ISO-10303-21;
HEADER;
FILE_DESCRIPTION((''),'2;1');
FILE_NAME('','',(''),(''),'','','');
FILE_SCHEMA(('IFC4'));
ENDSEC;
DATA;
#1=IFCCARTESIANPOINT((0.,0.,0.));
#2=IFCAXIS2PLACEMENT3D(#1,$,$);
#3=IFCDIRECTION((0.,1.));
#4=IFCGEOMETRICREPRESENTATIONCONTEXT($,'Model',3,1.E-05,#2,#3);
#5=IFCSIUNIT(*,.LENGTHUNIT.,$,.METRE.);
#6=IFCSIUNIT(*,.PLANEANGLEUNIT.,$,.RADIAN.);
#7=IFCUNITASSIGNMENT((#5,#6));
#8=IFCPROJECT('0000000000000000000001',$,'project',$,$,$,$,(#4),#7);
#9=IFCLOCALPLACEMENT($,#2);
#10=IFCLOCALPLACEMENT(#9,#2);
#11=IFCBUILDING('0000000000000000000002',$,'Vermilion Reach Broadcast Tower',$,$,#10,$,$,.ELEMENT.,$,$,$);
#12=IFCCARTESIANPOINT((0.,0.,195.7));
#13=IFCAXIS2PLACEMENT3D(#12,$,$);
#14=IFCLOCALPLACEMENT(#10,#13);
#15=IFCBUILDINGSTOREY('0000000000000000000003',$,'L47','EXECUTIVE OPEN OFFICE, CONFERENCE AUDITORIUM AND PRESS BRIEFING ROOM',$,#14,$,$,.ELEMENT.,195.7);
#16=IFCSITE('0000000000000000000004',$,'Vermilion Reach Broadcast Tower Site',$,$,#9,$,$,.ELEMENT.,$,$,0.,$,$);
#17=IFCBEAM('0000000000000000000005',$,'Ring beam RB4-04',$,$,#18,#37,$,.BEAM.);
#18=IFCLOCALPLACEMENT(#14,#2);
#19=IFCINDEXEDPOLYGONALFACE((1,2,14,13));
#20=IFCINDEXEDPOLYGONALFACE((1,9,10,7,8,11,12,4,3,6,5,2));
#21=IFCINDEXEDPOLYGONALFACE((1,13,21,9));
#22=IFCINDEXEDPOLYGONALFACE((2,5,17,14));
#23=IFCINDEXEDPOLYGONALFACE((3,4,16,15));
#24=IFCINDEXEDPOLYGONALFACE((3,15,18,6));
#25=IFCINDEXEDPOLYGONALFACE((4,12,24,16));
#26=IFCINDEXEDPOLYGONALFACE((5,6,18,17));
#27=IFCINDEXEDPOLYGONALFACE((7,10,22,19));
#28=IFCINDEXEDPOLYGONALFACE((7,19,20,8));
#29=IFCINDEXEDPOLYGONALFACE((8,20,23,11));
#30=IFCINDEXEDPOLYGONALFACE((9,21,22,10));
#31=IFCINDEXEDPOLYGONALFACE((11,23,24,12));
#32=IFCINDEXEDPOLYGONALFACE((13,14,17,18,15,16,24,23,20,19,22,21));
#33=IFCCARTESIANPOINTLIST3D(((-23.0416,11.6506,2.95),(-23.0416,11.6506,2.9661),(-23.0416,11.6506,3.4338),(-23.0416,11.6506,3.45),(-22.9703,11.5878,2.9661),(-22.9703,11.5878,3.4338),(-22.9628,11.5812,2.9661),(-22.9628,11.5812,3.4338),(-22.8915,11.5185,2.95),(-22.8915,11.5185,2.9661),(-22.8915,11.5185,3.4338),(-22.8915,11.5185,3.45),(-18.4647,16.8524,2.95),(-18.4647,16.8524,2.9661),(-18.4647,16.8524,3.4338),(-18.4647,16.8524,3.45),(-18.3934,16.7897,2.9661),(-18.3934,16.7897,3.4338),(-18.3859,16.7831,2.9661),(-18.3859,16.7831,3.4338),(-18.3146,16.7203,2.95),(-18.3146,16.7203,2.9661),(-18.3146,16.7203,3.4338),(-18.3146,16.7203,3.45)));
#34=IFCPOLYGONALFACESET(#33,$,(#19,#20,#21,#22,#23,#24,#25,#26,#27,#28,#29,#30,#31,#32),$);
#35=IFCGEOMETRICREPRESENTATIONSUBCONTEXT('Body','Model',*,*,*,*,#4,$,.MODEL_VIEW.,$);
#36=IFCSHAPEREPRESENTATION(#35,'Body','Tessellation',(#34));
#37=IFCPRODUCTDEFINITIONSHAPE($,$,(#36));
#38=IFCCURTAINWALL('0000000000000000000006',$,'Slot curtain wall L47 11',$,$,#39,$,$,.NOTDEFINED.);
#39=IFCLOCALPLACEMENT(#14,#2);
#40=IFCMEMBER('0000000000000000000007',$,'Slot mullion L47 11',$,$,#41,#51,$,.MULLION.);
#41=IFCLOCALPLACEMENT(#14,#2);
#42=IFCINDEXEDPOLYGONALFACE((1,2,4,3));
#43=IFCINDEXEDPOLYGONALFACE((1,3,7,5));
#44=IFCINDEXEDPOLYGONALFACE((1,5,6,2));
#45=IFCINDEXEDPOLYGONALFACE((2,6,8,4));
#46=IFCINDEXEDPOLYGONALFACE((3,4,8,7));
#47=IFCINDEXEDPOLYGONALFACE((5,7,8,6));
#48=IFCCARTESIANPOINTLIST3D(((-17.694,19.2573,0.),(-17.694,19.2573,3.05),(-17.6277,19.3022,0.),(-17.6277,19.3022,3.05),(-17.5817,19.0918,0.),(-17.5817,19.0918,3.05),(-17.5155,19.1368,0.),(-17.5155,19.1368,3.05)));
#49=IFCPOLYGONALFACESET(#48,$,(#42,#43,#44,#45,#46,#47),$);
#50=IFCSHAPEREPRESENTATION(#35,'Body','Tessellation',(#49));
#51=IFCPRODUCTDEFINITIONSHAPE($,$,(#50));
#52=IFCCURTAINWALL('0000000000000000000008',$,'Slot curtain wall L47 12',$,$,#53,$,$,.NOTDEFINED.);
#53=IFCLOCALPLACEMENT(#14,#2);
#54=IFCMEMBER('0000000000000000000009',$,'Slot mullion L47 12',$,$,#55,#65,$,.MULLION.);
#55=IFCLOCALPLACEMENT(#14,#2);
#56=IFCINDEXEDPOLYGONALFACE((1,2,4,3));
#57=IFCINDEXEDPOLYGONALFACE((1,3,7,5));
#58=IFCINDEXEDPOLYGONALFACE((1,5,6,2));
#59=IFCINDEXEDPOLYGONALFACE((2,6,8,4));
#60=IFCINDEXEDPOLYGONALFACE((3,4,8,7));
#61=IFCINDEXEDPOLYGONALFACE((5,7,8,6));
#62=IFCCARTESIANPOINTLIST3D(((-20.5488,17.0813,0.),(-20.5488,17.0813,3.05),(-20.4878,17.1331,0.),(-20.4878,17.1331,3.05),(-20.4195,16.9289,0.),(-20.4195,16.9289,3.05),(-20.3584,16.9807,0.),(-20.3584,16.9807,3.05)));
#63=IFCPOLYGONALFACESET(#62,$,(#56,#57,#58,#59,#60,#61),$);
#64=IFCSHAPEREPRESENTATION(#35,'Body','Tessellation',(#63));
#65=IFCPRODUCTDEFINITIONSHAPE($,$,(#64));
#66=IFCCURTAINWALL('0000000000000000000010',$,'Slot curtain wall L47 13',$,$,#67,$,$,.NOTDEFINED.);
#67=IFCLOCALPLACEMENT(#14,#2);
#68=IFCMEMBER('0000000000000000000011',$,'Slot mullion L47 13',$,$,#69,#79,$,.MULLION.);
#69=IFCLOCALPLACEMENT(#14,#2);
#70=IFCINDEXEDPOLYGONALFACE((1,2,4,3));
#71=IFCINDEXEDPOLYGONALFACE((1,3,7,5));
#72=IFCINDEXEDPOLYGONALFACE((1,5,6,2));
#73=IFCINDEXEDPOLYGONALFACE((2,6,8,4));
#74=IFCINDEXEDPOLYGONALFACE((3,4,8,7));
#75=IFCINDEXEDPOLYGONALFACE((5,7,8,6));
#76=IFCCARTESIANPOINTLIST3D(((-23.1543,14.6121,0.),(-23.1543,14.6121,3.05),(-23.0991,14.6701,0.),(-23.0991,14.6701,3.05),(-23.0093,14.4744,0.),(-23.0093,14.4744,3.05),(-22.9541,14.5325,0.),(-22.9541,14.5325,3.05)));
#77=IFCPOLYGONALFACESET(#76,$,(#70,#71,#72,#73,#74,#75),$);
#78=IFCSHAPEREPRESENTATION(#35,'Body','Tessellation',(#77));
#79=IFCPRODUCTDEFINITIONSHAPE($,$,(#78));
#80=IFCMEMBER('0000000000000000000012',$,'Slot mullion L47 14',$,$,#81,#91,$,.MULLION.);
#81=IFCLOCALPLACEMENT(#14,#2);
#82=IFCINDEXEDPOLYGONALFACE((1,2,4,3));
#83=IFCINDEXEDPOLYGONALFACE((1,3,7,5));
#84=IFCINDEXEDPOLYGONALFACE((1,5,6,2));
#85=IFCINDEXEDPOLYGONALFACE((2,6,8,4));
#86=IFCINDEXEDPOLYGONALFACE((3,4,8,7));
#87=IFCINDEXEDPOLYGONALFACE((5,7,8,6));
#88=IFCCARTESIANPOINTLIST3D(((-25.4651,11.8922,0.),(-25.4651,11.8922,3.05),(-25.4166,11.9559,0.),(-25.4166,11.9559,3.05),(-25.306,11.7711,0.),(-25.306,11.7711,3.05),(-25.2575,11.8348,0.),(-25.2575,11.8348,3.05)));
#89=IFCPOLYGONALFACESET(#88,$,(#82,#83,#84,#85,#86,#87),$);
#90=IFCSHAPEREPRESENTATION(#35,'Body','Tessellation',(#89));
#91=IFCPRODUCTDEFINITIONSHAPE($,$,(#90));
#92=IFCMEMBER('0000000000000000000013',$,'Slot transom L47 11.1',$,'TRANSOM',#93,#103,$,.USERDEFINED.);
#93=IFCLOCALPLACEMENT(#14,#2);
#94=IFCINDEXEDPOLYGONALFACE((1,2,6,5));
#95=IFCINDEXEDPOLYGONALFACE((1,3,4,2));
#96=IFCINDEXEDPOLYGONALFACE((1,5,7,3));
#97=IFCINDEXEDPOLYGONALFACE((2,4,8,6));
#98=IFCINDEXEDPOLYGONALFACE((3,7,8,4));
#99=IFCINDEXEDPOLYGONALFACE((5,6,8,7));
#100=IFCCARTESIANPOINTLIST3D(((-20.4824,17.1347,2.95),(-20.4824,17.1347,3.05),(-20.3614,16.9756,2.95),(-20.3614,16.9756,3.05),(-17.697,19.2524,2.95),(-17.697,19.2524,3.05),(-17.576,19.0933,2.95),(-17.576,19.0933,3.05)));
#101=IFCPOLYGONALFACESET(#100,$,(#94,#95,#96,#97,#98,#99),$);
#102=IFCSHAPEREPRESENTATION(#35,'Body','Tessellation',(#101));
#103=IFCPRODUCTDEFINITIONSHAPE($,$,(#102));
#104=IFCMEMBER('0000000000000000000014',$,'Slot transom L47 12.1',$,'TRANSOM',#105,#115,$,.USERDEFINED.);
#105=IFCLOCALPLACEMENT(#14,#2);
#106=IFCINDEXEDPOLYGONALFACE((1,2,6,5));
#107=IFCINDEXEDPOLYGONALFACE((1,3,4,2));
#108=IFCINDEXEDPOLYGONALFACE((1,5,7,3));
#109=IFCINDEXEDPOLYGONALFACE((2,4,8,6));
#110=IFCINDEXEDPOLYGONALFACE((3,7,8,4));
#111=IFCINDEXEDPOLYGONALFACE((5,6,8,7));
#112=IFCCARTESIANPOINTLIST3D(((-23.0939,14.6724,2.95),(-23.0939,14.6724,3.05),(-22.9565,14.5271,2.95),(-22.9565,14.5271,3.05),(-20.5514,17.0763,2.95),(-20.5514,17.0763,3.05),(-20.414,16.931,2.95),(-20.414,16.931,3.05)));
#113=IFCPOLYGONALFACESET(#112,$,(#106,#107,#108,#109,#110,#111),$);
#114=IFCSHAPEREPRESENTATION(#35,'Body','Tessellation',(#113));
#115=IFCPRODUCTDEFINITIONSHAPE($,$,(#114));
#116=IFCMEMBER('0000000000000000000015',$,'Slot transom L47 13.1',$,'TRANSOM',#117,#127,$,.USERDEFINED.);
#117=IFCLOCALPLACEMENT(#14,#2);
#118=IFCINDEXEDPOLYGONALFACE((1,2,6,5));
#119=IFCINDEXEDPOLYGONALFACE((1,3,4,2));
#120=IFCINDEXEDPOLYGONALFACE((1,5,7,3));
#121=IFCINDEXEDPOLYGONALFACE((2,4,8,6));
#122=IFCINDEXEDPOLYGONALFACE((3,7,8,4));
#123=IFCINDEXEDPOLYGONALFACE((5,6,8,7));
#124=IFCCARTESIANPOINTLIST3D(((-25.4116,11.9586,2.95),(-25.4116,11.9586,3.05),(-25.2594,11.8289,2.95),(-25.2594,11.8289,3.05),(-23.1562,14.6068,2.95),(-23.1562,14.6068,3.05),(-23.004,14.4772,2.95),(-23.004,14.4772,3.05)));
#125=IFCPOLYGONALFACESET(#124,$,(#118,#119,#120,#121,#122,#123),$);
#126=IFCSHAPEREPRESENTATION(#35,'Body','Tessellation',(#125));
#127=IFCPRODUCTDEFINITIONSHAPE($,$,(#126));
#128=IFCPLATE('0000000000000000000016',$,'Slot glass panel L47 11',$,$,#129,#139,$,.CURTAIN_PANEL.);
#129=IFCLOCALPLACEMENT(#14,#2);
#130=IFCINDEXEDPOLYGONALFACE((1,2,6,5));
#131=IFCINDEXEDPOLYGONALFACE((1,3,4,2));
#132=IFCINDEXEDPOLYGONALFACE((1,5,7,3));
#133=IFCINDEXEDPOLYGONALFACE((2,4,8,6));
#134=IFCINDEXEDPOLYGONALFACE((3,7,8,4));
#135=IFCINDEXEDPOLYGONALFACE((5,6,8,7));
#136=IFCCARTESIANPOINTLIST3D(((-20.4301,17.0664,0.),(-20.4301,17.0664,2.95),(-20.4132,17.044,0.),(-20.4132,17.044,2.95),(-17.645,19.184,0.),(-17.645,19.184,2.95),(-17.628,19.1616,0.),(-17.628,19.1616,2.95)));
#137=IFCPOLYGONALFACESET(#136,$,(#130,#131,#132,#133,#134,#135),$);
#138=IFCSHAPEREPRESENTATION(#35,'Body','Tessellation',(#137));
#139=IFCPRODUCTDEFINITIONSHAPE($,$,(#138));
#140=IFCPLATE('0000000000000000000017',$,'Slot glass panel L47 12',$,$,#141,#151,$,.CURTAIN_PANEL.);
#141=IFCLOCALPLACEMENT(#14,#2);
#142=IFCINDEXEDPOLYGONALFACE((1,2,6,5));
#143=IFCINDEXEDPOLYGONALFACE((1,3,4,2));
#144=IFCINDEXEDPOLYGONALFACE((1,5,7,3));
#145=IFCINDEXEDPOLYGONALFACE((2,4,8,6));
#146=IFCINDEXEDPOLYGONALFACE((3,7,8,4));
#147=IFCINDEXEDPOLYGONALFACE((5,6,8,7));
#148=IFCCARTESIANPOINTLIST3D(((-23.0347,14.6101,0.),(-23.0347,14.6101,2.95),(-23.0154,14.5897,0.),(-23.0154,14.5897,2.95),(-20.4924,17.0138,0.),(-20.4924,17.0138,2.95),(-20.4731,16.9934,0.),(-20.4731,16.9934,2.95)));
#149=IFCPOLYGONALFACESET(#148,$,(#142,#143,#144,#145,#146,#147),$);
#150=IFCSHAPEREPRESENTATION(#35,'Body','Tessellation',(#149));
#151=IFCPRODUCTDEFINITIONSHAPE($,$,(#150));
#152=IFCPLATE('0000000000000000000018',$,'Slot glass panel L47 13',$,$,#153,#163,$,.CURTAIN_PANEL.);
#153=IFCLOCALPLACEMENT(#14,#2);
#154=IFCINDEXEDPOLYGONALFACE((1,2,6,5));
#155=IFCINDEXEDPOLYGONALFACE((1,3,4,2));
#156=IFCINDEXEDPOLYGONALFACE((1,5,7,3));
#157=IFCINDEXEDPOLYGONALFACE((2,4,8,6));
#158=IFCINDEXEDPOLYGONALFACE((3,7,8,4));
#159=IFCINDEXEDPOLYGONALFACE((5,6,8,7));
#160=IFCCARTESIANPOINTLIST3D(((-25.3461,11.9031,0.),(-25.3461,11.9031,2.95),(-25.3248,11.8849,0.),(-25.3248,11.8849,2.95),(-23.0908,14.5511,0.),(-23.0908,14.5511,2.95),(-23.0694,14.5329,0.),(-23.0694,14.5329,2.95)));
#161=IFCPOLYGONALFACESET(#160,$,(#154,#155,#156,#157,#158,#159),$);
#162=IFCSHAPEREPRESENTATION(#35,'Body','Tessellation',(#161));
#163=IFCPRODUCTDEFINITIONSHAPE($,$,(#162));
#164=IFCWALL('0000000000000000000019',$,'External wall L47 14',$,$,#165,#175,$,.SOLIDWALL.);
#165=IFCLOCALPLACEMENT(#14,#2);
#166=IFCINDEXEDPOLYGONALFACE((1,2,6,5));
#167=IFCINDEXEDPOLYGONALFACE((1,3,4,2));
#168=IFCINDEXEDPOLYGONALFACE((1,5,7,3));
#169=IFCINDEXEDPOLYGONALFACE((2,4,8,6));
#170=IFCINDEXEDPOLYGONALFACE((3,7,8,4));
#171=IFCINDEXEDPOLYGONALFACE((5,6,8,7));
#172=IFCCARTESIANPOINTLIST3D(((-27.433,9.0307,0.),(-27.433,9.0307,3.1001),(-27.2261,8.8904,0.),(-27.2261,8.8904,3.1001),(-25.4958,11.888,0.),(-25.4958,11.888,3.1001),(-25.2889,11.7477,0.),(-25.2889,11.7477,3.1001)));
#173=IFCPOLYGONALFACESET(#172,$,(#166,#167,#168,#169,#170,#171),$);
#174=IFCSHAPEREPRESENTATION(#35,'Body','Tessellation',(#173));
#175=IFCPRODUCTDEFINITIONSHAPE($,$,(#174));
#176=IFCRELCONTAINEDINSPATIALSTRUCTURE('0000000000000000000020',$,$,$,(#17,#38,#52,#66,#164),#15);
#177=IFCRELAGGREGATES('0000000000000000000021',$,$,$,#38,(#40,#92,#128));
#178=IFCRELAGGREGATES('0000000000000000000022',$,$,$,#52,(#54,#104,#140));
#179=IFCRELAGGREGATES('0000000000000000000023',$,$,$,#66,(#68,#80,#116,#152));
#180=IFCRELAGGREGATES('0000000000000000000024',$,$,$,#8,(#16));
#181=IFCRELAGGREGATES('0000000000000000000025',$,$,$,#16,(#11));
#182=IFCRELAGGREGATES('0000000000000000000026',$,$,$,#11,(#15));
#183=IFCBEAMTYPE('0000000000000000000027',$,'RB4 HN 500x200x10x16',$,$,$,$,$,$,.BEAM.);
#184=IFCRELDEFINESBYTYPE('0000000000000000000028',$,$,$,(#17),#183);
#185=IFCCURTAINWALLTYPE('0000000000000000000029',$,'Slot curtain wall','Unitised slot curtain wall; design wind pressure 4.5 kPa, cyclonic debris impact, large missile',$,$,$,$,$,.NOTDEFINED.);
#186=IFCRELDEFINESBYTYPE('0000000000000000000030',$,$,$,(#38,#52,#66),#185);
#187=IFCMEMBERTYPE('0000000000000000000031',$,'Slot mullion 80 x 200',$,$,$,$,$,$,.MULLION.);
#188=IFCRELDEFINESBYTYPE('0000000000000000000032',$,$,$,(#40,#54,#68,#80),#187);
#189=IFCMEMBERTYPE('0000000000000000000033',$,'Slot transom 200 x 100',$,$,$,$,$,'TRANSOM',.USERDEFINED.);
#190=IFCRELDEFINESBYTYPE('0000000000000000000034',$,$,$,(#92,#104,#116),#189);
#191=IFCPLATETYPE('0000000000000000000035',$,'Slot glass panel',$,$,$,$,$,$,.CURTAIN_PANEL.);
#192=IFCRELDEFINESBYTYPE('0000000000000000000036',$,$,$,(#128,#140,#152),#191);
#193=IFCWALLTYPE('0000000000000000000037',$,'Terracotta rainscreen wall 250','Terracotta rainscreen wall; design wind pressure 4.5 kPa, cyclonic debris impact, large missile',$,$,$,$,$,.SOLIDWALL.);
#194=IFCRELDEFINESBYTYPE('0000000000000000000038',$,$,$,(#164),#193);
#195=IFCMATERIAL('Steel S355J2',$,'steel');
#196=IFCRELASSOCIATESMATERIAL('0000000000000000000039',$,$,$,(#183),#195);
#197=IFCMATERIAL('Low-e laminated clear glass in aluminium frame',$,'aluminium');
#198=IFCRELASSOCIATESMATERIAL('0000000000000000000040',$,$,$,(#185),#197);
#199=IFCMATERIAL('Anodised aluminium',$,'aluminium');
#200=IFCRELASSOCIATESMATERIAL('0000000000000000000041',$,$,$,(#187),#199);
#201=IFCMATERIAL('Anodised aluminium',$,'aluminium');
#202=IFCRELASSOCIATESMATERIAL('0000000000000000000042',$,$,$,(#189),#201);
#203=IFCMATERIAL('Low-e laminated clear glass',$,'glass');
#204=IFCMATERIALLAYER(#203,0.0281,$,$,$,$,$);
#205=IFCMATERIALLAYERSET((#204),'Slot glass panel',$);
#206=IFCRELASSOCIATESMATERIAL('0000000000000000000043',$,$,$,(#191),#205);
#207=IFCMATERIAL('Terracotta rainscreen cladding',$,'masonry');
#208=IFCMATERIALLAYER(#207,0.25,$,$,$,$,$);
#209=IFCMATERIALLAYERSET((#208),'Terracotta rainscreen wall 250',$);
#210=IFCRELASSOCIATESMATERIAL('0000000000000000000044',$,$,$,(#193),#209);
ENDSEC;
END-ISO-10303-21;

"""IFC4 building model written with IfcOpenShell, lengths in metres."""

from ifc_helpers import new_model, si_unit, direction, frame, frame_2d, origin, origin_2d, place, context, subcontext, project, spatial, rectangle, i_section, extrude, material, layer, layer_set, material_profile, profile_set, type_object, element, aggregate, save


model = new_model("IFC4")

# Units and contexts
model_context = context("Model", 3, precision=1e-05, world=origin(), true_north=direction((0.0, 1.0)))
body_context = subcontext(model_context, "Body", "Model", "MODEL_VIEW")
ifc_project = project(units=[si_unit("LENGTHUNIT", "METRE"), si_unit("PLANEANGLEUNIT", "RADIAN")], contexts=[model_context])

# Site, building, storey
site_placement = place(None, origin())
site = spatial("IfcSite", under=ifc_project, at=site_placement, Name="Vermilion Reach Broadcast Tower Site", CompositionType="ELEMENT", RefElevation=0.0)
building_placement = place(site_placement, origin())
building = spatial("IfcBuilding", under=site, at=building_placement, Name="Vermilion Reach Broadcast Tower", CompositionType="ELEMENT")
storey_placement = place(building_placement, frame((0.0, 0.0, 195.7)))
storey = spatial("IfcBuildingStorey", under=building, at=storey_placement, Name="L47", Description="EXECUTIVE OPEN OFFICE, CONFERENCE AUDITORIUM AND PRESS BRIEFING ROOM", CompositionType="ELEMENT", Elevation=195.7)

# Beam
ifc_material_1 = material(Name="Steel S355J2", Category="steel")
ifc_material_profile_1 = material_profile(ifc_material_1, i_section(OverallWidth=0.2, OverallDepth=0.5, WebThickness=0.01, FlangeThickness=0.0161, at=origin_2d()), Name="S355J2 HN 500x200x10x16")
ifc_profile_set_1 = profile_set([ifc_material_profile_1], Name="Steel S355J2")
beam_type_1 = type_object("IfcBeamType", Name="RB4 HN 500x200x10x16", PredefinedType="BEAM", material=ifc_profile_set_1)
beam_1_placement = place(storey_placement, frame((-18.3896, 16.7864, 3.2), z_axis=(-0.660565, -0.750769, 0.0), x_axis=(0.750769, -0.660565, 0.0)))
element("IfcBeam", 1, at=beam_1_placement, inside=storey, type_object=beam_type_1, Name="Ring beam RB4-04", PredefinedType="BEAM", context=body_context, shape_type="SweptSolid", body=[
    extrude(i_section(OverallWidth=0.2, OverallDepth=0.5, WebThickness=0.01, FlangeThickness=0.0161, at=origin_2d()), origin(), (0.0, 0.0, 1.0), 6.9287),
])

# Curtain walls, members
ifc_material_2 = material(Name="Low-e laminated clear glass in aluminium frame", Category="aluminium")
curtain_wall_type = type_object("IfcCurtainWallType", Name="Slot curtain wall", Description="Unitised slot curtain wall; design wind pressure 4.5 kPa, cyclonic debris impact, large missile", PredefinedType="NOTDEFINED", material=ifc_material_2)
placement = place(storey_placement, origin())
curtain_wall_1 = element("IfcCurtainWall", 2, at=placement, inside=storey, type_object=curtain_wall_type, Name="Slot curtain wall L47 11", PredefinedType="NOTDEFINED")
ifc_material_3 = material(Name="Anodised aluminium", Category="aluminium")
ifc_material_profile_2 = material_profile(ifc_material_3, rectangle(XDim=0.2, YDim=0.0801, at=origin_2d()), Name="Slot mullion 80 x 200")
ifc_profile_set_2 = profile_set([ifc_material_profile_2], Name="Anodised aluminium")
member_type_1 = type_object("IfcMemberType", Name="Slot mullion 80 x 200", PredefinedType="MULLION", material=ifc_profile_set_2)
member_1_placement = place(storey_placement, frame((-17.6047, 19.197, 0.0), z_axis=(0.0, 0.0, 1.0), x_axis=(0.56142, -0.827531, 0.0)))
member_1 = element("IfcMember", 3, at=member_1_placement, type_object=member_type_1, Name="Slot mullion L47 11", PredefinedType="MULLION", context=body_context, shape_type="SweptSolid", body=[
    extrude(rectangle(XDim=0.2, YDim=0.0801, at=origin_2d()), origin(), (0.0, 0.0, 1.0), 3.05),
])
curtain_wall_2 = element("IfcCurtainWall", 4, at=placement, inside=storey, type_object=curtain_wall_type, Name="Slot curtain wall L47 12", PredefinedType="NOTDEFINED")
member_2_placement = place(storey_placement, frame((-20.4536, 17.031, 0.0), z_axis=(0.0, 0.0, 1.0), x_axis=(0.647056, -0.762442, 0.0)))
member_2 = element("IfcMember", 5, at=member_2_placement, type_object=member_type_1, Name="Slot mullion L47 12", PredefinedType="MULLION", context=body_context, shape_type="SweptSolid", body=[
    extrude(rectangle(XDim=0.2, YDim=0.0801, at=origin_2d()), origin(), (0.0, 0.0, 1.0), 3.05),
])

# Curtain wall, members
curtain_wall_3 = element("IfcCurtainWall", 6, at=placement, inside=storey, type_object=curtain_wall_type, Name="Slot curtain wall L47 13", PredefinedType="NOTDEFINED")
member_3_placement = place(storey_placement, frame((-23.0542, 14.5723, 0.0), z_axis=(0.0, 0.0, 1.0), x_axis=(0.725205, -0.688533, 0.0)))
member_3 = element("IfcMember", 7, at=member_3_placement, type_object=member_type_1, Name="Slot mullion L47 13", PredefinedType="MULLION", context=body_context, shape_type="SweptSolid", body=[
    extrude(rectangle(XDim=0.2, YDim=0.0801, at=origin_2d()), origin(), (0.0, 0.0, 1.0), 3.05),
])
member_4_placement = place(storey_placement, frame((-25.3613, 11.8635, 0.0), z_axis=(0.0, 0.0, 1.0), x_axis=(0.795695, -0.605697, 0.0)))
member_4 = element("IfcMember", 8, at=member_4_placement, type_object=member_type_1, Name="Slot mullion L47 14", PredefinedType="MULLION", context=body_context, shape_type="SweptSolid", body=[
    extrude(rectangle(XDim=0.2, YDim=0.0801, at=origin_2d()), origin(), (0.0, 0.0, 1.0), 3.05),
])

# Members
ifc_material_4 = material(Name="Anodised aluminium", Category="aluminium")
ifc_material_profile_3 = material_profile(ifc_material_4, rectangle(XDim=0.2, YDim=0.1001, at=origin_2d()), Name="Slot transom 200 x 100")
ifc_profile_set_3 = profile_set([ifc_material_profile_3], Name="Anodised aluminium")
member_type_2 = type_object("IfcMemberType", Name="Slot transom 200 x 100", ElementType="TRANSOM", PredefinedType="USERDEFINED", material=ifc_profile_set_3)
member_5_placement = place(storey_placement, frame((-17.6365, 19.1729, 3.0), z_axis=(-0.796056, -0.605223, 0.0), x_axis=(0.605223, -0.796056, 0.0)))
member_5 = element("IfcMember", 9, at=member_5_placement, type_object=member_type_2, Name="Slot transom L47 11.1", ObjectType="TRANSOM", PredefinedType="USERDEFINED", context=body_context, shape_type="SweptSolid", body=[
    extrude(rectangle(XDim=0.2, YDim=0.1001, at=origin_2d()), origin(), (0.0, 0.0, 1.0), 3.499),
])
member_6_placement = place(storey_placement, frame((-20.4827, 17.0037, 3.0), z_axis=(-0.726645, -0.687013, 0.0), x_axis=(0.687013, -0.726645, 0.0)))
member_6 = element("IfcMember", 10, at=member_6_placement, type_object=member_type_2, Name="Slot transom L47 12.1", ObjectType="TRANSOM", PredefinedType="USERDEFINED", context=body_context, shape_type="SweptSolid", body=[
    extrude(rectangle(XDim=0.2, YDim=0.1001, at=origin_2d()), origin(), (0.0, 0.0, 1.0), 3.499),
])
member_7_placement = place(storey_placement, frame((-23.0801, 14.542, 3.0), z_axis=(-0.648384, -0.761314, 0.0), x_axis=(0.761314, -0.648384, 0.0)))
member_7 = element("IfcMember", 11, at=member_7_placement, type_object=member_type_2, Name="Slot transom L47 13.1", ObjectType="TRANSOM", PredefinedType="USERDEFINED", context=body_context, shape_type="SweptSolid", body=[
    extrude(rectangle(XDim=0.2, YDim=0.1001, at=origin_2d()), origin(), (0.0, 0.0, 1.0), 3.4785),
])

# Plates
ifc_material_5 = material(Name="Low-e laminated clear glass", Category="glass")
ifc_layer_1 = layer(ifc_material_5, 0.0281)
ifc_layer_set_1 = layer_set([ifc_layer_1], Name="Slot glass panel")
plate_type = type_object("IfcPlateType", Name="Slot glass panel", PredefinedType="CURTAIN_PANEL", material=ifc_layer_set_1)
plate_1_placement = place(storey_placement, frame((-19.0291, 18.114, 0.0), z_axis=(0.0, 0.0, 1.0), x_axis=(-0.796048, -0.605234, 0.0)))
plate_1 = element("IfcPlate", 12, at=plate_1_placement, type_object=plate_type, Name="Slot glass panel L47 11", PredefinedType="CURTAIN_PANEL", context=body_context, shape_type="SweptSolid", body=[
    extrude(rectangle(XDim=3.4988, YDim=0.0281, at=origin_2d()), origin(), (0.0, 0.0, 1.0), 2.95),
])
aggregate(curtain_wall_1, [member_1, member_5, plate_1])
plate_2_placement = place(storey_placement, frame((-21.7539, 15.8018, 0.0), z_axis=(0.0, 0.0, 1.0), x_axis=(-0.726643, -0.687016, 0.0)))
plate_2 = element("IfcPlate", 13, at=plate_2_placement, type_object=plate_type, Name="Slot glass panel L47 12", PredefinedType="CURTAIN_PANEL", context=body_context, shape_type="SweptSolid", body=[
    extrude(rectangle(XDim=3.4988, YDim=0.0281, at=origin_2d()), origin(), (0.0, 0.0, 1.0), 2.95),
])
aggregate(curtain_wall_2, [member_2, member_6, plate_2])
plate_3_placement = place(storey_placement, frame((-24.2078, 13.218, 0.0), z_axis=(0.0, 0.0, 1.0), x_axis=(-0.648418, -0.761284, 0.0)))
plate_3 = element("IfcPlate", 14, at=plate_3_placement, type_object=plate_type, Name="Slot glass panel L47 13", PredefinedType="CURTAIN_PANEL", context=body_context, shape_type="SweptSolid", body=[
    extrude(rectangle(XDim=3.4783, YDim=0.0281, at=origin_2d()), origin(), (0.0, 0.0, 1.0), 2.95),
])
aggregate(curtain_wall_3, [member_3, member_4, member_7, plate_3])

# Wall
ifc_material_6 = material(Name="Terracotta rainscreen cladding", Category="masonry")
ifc_layer_2 = layer(ifc_material_6, 0.25)
ifc_layer_set_2 = layer_set([ifc_layer_2], Name="Terracotta rainscreen wall 250")
wall_type = type_object("IfcWallType", Name="Terracotta rainscreen wall 250", Description="Terracotta rainscreen wall; design wind pressure 4.5 kPa, cyclonic debris impact, large missile", PredefinedType="SOLIDWALL", material=ifc_layer_set_2)
wall_placement = place(storey_placement, frame((-25.3923, 11.8179, 0.0), z_axis=(0.0, 0.0, 1.0), x_axis=(-0.561162, -0.827706, 0.0)))
element("IfcWall", 15, at=wall_placement, inside=storey, type_object=wall_type, Name="External wall L47 14", PredefinedType="SOLIDWALL", context=body_context, shape_type="SweptSolid", body=[
    extrude(rectangle(XDim=3.4521, YDim=0.25, at=frame_2d((1.7261, 0.0))), origin(), (0.0, 0.0, 1.0), 3.1001),
])

save(model, "model.ifc")
